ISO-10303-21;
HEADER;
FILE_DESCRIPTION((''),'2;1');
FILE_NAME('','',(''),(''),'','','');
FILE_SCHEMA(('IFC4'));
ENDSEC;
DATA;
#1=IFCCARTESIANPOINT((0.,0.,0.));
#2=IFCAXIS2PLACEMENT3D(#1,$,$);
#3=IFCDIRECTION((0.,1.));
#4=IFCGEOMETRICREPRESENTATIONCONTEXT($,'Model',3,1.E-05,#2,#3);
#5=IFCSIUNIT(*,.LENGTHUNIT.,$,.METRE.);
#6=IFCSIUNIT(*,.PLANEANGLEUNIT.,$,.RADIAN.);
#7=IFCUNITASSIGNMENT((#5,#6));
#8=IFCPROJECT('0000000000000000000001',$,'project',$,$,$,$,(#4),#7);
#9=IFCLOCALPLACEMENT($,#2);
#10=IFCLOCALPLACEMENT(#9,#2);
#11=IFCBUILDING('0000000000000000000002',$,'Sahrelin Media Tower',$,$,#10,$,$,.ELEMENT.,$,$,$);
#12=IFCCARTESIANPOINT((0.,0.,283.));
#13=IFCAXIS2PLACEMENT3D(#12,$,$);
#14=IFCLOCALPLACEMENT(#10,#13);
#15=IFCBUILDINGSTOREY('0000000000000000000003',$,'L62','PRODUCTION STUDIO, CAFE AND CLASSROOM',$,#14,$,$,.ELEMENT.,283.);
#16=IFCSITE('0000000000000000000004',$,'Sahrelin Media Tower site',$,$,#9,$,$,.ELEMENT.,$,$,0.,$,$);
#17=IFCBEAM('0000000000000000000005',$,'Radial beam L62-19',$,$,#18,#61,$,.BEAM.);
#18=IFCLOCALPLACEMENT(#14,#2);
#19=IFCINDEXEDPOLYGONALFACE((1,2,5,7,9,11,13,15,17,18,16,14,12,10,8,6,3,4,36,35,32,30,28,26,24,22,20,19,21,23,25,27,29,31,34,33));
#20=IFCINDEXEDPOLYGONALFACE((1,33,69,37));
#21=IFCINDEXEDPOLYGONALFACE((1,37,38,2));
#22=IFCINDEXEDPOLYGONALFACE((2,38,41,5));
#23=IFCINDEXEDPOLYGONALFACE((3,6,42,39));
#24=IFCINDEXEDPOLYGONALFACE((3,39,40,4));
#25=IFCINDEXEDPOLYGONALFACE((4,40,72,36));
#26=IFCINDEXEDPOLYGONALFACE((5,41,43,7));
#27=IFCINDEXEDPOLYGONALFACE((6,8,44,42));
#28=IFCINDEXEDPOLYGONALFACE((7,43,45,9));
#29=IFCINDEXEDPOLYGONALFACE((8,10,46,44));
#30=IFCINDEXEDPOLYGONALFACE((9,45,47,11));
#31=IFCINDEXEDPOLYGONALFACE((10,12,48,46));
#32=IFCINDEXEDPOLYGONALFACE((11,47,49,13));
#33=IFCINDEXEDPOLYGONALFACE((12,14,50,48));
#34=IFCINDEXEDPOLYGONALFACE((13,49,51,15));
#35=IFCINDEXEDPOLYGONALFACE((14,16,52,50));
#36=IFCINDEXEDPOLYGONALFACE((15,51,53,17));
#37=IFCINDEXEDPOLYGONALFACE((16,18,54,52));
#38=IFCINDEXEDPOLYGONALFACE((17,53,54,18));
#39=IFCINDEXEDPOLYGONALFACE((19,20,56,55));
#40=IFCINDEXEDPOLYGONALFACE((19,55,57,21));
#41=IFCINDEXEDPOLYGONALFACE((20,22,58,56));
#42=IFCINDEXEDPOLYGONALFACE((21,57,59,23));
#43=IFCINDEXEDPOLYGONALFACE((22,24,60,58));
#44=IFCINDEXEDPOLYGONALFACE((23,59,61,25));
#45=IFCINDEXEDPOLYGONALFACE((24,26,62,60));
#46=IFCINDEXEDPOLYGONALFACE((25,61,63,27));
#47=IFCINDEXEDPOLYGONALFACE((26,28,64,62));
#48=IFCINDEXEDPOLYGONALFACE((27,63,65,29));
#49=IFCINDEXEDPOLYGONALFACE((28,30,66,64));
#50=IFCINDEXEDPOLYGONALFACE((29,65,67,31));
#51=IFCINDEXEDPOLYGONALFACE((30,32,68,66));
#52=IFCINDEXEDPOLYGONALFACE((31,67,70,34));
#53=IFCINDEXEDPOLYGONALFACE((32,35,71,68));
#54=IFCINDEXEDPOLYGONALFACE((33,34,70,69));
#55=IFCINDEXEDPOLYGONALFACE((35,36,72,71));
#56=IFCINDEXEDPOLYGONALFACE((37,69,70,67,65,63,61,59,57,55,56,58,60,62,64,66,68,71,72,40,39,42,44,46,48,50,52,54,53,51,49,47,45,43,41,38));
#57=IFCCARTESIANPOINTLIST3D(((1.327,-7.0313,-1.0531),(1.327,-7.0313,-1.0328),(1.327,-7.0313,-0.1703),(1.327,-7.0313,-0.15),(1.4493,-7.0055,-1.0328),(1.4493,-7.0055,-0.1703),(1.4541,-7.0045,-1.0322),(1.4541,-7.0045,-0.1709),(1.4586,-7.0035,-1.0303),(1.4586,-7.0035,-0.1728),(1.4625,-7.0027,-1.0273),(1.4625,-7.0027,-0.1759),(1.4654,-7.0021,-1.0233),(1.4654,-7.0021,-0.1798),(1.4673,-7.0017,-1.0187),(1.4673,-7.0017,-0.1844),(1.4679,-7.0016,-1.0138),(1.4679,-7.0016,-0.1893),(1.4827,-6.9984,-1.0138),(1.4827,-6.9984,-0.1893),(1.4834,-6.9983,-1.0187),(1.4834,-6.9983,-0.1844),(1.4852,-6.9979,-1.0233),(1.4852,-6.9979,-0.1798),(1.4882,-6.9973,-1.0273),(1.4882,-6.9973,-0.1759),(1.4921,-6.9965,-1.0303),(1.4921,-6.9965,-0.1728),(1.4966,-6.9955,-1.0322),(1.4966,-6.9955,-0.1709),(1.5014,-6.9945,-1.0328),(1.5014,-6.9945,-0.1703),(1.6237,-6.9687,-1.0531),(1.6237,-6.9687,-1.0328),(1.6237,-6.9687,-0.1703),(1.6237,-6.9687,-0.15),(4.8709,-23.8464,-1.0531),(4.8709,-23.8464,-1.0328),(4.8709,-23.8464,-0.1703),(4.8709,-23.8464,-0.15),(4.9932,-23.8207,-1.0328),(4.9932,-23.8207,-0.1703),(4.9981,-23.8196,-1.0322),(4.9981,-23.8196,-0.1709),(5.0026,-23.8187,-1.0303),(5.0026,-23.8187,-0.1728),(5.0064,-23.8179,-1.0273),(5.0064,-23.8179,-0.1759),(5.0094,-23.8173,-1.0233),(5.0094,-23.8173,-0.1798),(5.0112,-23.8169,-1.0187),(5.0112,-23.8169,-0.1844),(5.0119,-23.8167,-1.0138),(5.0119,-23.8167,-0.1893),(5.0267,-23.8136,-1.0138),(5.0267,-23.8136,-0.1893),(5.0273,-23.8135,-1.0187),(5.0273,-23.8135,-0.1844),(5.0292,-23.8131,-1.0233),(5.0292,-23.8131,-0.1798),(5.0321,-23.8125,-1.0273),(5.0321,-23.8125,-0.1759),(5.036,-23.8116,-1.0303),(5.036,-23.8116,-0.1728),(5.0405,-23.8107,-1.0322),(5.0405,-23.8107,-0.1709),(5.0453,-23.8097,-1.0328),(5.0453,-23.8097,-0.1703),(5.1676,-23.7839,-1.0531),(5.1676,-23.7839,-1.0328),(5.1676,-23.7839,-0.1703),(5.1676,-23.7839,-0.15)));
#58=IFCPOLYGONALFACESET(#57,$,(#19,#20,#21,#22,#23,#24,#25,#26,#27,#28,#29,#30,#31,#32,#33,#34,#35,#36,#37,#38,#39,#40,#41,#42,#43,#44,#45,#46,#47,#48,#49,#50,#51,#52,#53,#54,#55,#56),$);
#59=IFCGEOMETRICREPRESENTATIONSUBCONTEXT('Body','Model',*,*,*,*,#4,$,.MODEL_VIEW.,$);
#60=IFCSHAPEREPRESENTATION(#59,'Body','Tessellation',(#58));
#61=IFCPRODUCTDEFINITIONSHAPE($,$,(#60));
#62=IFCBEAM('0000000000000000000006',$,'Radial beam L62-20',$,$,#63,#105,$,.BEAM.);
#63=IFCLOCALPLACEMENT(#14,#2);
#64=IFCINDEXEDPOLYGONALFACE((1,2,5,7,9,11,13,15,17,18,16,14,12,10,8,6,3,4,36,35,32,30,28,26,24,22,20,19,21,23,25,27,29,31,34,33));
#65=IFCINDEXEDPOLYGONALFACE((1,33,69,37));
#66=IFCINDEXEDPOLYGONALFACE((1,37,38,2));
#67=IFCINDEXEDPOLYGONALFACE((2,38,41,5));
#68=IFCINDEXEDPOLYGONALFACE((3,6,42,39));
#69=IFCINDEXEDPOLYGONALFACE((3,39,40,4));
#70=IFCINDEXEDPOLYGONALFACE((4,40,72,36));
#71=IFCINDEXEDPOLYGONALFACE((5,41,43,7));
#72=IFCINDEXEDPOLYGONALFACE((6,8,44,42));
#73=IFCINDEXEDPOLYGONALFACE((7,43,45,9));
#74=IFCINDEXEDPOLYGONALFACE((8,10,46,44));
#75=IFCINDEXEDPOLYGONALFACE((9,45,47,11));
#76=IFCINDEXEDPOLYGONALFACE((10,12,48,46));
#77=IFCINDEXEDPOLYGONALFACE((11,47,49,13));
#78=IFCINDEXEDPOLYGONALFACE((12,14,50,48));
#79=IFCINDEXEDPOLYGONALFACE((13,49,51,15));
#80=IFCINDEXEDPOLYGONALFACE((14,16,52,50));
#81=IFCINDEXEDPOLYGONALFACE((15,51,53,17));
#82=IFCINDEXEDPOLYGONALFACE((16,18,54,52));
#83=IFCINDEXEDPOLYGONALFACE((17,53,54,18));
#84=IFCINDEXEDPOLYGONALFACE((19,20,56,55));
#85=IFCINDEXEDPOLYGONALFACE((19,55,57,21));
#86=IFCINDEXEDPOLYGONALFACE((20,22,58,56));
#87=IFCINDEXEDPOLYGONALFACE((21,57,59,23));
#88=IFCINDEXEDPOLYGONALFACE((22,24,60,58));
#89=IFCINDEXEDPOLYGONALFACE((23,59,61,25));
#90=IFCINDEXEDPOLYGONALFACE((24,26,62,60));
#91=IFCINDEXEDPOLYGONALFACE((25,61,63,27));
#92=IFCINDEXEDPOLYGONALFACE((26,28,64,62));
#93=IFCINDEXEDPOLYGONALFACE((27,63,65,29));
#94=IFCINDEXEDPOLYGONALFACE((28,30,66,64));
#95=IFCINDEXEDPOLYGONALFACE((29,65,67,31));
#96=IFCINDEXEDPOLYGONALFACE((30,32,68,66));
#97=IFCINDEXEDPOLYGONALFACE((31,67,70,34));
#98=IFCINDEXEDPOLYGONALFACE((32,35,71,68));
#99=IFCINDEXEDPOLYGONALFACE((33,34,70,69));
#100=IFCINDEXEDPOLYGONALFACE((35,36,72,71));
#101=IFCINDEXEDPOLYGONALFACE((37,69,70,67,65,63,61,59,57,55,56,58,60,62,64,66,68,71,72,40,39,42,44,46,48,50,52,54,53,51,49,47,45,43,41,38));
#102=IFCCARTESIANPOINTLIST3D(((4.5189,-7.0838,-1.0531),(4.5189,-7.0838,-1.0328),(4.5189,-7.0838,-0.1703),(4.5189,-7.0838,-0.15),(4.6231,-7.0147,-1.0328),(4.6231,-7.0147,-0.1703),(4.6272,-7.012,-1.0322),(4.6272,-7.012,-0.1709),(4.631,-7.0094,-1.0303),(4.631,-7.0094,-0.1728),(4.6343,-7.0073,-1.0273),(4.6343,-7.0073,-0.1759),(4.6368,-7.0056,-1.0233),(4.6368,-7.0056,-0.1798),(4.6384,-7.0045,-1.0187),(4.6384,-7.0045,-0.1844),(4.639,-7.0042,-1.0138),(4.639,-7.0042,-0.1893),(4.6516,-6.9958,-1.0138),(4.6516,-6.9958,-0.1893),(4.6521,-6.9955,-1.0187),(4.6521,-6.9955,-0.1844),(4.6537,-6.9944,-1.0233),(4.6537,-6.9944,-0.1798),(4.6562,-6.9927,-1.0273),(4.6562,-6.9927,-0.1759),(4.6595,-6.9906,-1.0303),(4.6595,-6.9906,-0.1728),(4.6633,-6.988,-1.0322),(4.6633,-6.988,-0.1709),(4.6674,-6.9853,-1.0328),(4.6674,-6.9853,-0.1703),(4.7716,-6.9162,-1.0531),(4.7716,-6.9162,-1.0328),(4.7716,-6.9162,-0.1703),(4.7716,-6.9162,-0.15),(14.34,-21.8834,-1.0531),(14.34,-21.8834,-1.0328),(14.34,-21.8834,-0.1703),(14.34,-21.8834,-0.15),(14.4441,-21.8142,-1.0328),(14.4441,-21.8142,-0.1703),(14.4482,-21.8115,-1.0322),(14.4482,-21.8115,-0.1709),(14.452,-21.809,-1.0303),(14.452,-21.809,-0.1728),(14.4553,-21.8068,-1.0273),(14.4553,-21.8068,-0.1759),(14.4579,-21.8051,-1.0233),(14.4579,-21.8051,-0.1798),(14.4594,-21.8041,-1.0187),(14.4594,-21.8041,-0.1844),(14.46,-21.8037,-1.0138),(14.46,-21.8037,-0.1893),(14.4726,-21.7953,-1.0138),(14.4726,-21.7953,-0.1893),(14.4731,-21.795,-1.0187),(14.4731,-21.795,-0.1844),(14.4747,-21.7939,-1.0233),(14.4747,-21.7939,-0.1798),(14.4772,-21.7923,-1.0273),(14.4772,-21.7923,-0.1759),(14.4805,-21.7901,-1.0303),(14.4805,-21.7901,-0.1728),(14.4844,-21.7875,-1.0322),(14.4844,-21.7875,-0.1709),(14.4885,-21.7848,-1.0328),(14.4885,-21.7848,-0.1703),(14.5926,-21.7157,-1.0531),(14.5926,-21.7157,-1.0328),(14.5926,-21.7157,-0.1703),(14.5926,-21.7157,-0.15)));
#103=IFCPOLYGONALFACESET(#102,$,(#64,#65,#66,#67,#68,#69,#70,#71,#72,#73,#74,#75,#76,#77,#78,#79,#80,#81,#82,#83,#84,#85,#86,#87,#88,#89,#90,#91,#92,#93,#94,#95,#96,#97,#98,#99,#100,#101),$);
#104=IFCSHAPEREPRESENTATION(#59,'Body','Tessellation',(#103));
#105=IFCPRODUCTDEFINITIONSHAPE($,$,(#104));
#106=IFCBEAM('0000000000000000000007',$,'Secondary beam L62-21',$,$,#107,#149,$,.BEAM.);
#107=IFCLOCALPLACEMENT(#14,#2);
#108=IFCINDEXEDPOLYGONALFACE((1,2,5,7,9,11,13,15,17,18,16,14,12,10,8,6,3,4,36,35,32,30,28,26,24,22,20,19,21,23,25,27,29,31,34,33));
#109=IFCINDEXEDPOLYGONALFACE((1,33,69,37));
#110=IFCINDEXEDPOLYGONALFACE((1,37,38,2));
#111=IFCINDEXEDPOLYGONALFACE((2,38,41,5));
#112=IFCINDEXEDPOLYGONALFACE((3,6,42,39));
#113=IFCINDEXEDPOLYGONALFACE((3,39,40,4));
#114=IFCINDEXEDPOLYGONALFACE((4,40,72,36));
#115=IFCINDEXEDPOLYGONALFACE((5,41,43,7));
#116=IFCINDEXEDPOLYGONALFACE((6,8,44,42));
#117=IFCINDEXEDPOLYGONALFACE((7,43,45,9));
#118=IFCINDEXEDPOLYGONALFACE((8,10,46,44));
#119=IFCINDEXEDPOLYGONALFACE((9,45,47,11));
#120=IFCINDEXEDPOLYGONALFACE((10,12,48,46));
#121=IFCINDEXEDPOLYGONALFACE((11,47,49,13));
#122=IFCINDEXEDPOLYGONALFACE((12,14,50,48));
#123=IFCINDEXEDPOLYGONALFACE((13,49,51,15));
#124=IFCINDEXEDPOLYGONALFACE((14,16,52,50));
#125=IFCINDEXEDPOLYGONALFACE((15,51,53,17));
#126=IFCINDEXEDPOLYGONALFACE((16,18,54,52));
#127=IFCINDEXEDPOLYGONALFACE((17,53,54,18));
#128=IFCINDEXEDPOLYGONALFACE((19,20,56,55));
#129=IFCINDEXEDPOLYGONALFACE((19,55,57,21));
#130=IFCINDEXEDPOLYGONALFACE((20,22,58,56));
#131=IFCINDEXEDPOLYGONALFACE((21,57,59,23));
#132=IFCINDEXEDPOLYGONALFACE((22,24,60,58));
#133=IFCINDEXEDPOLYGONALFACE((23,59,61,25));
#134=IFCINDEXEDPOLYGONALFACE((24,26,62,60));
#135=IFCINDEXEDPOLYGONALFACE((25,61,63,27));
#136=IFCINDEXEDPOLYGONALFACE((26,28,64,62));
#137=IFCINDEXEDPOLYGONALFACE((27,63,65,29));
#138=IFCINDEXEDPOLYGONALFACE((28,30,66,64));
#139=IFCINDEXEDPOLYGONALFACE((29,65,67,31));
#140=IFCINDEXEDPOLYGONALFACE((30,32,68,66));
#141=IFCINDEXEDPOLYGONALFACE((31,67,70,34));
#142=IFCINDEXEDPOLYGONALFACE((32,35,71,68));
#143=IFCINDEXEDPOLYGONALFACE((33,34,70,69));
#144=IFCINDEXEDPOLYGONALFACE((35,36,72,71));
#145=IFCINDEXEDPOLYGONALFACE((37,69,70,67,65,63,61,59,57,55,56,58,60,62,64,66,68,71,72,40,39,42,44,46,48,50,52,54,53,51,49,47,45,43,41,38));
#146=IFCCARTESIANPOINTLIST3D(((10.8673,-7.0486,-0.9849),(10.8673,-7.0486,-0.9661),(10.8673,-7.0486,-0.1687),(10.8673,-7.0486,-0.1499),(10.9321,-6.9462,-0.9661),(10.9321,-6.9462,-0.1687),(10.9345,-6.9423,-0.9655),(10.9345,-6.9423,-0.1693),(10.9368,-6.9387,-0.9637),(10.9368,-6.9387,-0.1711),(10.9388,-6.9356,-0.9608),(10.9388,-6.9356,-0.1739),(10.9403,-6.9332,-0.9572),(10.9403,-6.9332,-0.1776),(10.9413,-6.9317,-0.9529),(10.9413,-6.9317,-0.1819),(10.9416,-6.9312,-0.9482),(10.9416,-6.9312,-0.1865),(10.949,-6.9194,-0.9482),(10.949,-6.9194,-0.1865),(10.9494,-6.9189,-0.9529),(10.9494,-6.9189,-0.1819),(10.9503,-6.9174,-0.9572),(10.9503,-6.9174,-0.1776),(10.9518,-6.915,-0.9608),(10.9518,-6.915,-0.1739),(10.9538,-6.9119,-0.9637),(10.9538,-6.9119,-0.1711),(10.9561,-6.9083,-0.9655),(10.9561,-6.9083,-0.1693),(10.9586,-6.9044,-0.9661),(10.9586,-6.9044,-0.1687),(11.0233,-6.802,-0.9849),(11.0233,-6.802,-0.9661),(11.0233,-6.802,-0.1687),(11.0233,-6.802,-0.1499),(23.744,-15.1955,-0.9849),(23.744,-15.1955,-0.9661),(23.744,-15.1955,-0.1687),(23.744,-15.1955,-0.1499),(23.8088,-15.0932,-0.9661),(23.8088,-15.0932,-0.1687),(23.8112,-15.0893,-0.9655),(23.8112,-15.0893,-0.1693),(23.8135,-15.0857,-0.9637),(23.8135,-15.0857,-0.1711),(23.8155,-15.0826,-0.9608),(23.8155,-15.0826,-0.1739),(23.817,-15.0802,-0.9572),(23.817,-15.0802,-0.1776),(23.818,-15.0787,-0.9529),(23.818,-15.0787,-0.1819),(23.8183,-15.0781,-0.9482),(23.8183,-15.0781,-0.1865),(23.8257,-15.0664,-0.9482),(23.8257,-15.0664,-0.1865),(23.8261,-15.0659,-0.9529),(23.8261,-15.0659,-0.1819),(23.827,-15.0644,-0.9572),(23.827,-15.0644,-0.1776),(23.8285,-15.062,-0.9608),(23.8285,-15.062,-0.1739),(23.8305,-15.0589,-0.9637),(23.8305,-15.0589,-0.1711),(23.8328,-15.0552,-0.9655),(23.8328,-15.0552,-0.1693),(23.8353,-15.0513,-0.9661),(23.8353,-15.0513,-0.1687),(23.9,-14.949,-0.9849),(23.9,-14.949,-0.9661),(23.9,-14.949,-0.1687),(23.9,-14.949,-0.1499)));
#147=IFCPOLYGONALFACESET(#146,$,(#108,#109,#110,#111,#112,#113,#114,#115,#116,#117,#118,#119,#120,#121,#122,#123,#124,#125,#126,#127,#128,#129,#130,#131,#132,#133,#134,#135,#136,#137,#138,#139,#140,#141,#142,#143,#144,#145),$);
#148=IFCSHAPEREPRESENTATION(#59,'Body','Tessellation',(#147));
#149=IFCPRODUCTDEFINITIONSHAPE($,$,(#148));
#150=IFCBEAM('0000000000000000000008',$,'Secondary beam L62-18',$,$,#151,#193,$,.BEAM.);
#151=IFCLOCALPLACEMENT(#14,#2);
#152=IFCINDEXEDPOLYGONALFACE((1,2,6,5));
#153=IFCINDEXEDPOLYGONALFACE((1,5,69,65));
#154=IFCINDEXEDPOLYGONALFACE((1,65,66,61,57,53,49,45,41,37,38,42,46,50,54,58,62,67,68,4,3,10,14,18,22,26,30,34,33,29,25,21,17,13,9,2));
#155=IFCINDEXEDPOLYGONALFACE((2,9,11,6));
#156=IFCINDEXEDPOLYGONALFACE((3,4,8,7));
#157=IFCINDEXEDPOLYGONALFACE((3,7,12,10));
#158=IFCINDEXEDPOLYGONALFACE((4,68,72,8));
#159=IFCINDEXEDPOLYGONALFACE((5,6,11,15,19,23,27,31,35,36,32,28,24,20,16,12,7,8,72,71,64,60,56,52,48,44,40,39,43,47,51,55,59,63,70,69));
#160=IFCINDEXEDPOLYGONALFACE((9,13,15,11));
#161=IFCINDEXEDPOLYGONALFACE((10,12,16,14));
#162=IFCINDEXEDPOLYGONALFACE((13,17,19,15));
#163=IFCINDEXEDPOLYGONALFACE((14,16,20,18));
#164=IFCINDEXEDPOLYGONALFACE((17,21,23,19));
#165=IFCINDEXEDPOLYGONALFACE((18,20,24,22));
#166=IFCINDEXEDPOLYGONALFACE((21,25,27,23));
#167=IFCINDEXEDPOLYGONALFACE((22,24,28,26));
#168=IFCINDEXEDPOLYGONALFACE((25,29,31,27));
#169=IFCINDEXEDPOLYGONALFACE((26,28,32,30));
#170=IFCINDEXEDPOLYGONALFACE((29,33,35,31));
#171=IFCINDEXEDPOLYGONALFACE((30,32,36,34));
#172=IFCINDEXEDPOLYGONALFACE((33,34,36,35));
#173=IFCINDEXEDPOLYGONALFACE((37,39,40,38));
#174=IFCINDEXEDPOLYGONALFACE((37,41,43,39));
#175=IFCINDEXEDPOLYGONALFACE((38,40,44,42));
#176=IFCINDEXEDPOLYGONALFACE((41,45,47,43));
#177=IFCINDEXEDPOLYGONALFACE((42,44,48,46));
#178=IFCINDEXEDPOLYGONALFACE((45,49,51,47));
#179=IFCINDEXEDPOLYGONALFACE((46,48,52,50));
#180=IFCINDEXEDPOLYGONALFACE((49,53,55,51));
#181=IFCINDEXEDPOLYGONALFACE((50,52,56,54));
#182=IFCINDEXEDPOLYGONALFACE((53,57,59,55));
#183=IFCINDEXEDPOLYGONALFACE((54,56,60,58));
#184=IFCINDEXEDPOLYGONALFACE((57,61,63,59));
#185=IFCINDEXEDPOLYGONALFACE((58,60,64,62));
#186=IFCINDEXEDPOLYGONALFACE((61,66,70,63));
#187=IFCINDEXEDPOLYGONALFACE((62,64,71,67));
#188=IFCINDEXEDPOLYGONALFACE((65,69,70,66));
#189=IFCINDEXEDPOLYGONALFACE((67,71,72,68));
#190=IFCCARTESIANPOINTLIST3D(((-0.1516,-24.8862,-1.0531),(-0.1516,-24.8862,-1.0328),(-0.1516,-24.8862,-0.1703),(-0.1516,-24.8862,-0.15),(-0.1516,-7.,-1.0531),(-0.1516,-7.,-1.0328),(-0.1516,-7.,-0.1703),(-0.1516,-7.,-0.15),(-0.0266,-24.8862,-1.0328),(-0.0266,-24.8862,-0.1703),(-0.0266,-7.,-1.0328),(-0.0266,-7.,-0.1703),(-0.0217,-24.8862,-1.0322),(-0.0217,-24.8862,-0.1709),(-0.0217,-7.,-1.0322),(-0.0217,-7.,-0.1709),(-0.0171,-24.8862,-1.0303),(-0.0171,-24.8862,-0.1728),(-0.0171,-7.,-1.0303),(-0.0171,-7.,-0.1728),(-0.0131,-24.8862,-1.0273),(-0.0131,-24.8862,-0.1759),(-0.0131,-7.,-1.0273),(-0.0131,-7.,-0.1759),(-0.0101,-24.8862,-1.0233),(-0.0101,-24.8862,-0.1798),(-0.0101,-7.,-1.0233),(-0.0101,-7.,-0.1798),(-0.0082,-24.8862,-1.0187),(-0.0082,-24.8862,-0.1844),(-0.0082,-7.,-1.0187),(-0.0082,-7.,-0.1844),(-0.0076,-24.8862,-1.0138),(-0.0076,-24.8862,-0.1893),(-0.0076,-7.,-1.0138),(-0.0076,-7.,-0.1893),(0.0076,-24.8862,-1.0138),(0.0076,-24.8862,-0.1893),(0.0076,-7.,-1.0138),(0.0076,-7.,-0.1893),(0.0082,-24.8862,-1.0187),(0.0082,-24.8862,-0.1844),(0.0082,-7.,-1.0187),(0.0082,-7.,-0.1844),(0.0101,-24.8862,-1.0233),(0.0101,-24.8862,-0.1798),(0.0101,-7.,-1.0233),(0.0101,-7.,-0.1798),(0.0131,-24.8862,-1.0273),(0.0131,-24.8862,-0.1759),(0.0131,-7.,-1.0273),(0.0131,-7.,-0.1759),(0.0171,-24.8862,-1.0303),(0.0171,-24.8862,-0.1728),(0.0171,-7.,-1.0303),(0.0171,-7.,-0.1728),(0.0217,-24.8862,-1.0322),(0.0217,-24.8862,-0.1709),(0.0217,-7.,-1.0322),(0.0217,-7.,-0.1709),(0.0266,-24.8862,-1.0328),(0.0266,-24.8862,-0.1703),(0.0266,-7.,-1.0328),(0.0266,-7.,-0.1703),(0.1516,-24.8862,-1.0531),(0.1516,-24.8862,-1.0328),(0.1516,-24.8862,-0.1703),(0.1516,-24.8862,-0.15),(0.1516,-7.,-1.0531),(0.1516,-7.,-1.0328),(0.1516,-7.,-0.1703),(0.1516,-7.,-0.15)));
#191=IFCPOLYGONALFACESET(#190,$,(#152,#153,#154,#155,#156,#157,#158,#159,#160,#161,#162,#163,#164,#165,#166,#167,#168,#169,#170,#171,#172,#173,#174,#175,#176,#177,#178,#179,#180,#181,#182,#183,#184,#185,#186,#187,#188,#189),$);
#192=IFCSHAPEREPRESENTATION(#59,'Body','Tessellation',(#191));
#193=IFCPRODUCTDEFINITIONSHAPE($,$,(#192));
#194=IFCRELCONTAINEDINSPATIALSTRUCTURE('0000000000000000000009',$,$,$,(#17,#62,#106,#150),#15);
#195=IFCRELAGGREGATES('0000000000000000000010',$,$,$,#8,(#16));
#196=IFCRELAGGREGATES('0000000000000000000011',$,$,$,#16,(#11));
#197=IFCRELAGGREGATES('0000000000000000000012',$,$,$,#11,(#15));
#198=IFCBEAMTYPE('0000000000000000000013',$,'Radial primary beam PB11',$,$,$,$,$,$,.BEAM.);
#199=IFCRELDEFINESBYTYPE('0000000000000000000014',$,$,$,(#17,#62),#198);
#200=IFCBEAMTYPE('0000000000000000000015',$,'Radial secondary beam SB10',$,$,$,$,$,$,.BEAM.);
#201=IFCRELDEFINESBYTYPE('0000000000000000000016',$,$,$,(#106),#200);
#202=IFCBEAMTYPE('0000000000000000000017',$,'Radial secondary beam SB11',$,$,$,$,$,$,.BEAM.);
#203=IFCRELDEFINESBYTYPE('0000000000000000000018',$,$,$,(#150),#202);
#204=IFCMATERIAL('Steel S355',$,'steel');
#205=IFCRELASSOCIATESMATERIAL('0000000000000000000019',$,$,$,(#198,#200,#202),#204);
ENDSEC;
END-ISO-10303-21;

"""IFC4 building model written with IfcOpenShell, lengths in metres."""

from ifc_helpers import new_model, si_unit, direction, frame, origin, origin_2d, place, context, subcontext, project, spatial, i_section, extrude, material, material_profile, profile_set, type_object, element, save


model = new_model("IFC4")

# Units and contexts
model_context = context("Model", 3, precision=1e-05, world=origin(), true_north=direction((0.0, 1.0)))
body_context = subcontext(model_context, "Body", "Model", "MODEL_VIEW")
ifc_project = project(units=[si_unit("LENGTHUNIT", "METRE"), si_unit("PLANEANGLEUNIT", "RADIAN")], contexts=[model_context])

# Site, building, storey
site_placement = place(None, origin())
site = spatial("IfcSite", under=ifc_project, at=site_placement, Name="Sahrelin Media Tower site", CompositionType="ELEMENT", RefElevation=0.0)
building_placement = place(site_placement, origin())
building = spatial("IfcBuilding", under=site, at=building_placement, Name="Sahrelin Media Tower", CompositionType="ELEMENT")
storey_placement = place(building_placement, frame((0.0, 0.0, 283.0)))
storey = spatial("IfcBuildingStorey", under=building, at=storey_placement, Name="L62", Description="PRODUCTION STUDIO, CAFE AND CLASSROOM", CompositionType="ELEMENT", Elevation=283.0)

# Shared definitions
ifc_material_1 = material(Name="Steel S355", Category="steel")

# Beams
ifc_material_profile_1 = material_profile(ifc_material_1, i_section(OverallWidth=0.3032, OverallDepth=0.9031, WebThickness=0.0151, FlangeThickness=0.0203, FilletRadius=0.019, at=origin_2d()), Name="UB 914x305x201")
ifc_profile_set_1 = profile_set([ifc_material_profile_1], Name="Steel S355")
beam_type_1 = type_object("IfcBeamType", Name="Radial primary beam PB11", PredefinedType="BEAM", material=ifc_profile_set_1)
beam_1_placement = place(storey_placement, frame((1.4753, -7.0, -0.6016), z_axis=(0.206228, -0.978504, 0.0), x_axis=(0.978504, 0.206228, 0.0)))
element("IfcBeam", 1, at=beam_1_placement, inside=storey, type_object=beam_type_1, Name="Radial beam L62-19", PredefinedType="BEAM", context=body_context, shape_type="SweptSolid", body=[
    extrude(i_section(OverallWidth=0.3032, OverallDepth=0.9031, WebThickness=0.0151, FlangeThickness=0.0203, FilletRadius=0.019, at=origin_2d()), origin(), (0.0, 0.0, 1.0), 17.1846),
])
beam_2_placement = place(storey_placement, frame((4.6453, -7.0, -0.6016), z_axis=(0.552932, -0.833226, 0.0), x_axis=(0.833226, 0.552932, 0.0)))
element("IfcBeam", 2, at=beam_2_placement, inside=storey, type_object=beam_type_1, Name="Radial beam L62-20", PredefinedType="BEAM", context=body_context, shape_type="SweptSolid", body=[
    extrude(i_section(OverallWidth=0.3032, OverallDepth=0.9031, WebThickness=0.0151, FlangeThickness=0.0203, FilletRadius=0.019, at=origin_2d()), origin(), (0.0, 0.0, 1.0), 17.7617),
])
ifc_material_profile_2 = material_profile(ifc_material_1, i_section(OverallWidth=0.2917, OverallDepth=0.835, WebThickness=0.0139, FlangeThickness=0.0188, FilletRadius=0.0178, at=origin_2d()), Name="UB 838x292x176")
ifc_profile_set_2 = profile_set([ifc_material_profile_2], Name="Steel S355")
beam_type_2 = type_object("IfcBeamType", Name="Radial secondary beam SB10", PredefinedType="BEAM", material=ifc_profile_set_2)
beam_3_placement = place(storey_placement, frame((10.9453, -6.9253, -0.5674), z_axis=(0.845065, -0.534664, 0.0), x_axis=(0.534664, 0.845065, 0.0)))
element("IfcBeam", 3, at=beam_3_placement, inside=storey, type_object=beam_type_2, Name="Secondary beam L62-21", PredefinedType="BEAM", context=body_context, shape_type="SweptSolid", body=[
    extrude(i_section(OverallWidth=0.2917, OverallDepth=0.835, WebThickness=0.0139, FlangeThickness=0.0188, FilletRadius=0.0178, at=origin_2d()), origin(), (0.0, 0.0, 1.0), 15.2375),
])
ifc_material_profile_3 = material_profile(ifc_material_1, i_section(OverallWidth=0.3032, OverallDepth=0.9031, WebThickness=0.0151, FlangeThickness=0.0203, FilletRadius=0.019, at=origin_2d()), Name="UB 914x305x201")
ifc_profile_set_3 = profile_set([ifc_material_profile_3], Name="Steel S355")
beam_type_3 = type_object("IfcBeamType", Name="Radial secondary beam SB11", PredefinedType="BEAM", material=ifc_profile_set_3)
beam_4_placement = place(storey_placement, frame((0.0, -7.0, -0.6016), z_axis=(0.0, -1.0, 0.0), x_axis=(1.0, 0.0, 0.0)))
element("IfcBeam", 4, at=beam_4_placement, inside=storey, type_object=beam_type_3, Name="Secondary beam L62-18", PredefinedType="BEAM", context=body_context, shape_type="SweptSolid", body=[
    extrude(i_section(OverallWidth=0.3032, OverallDepth=0.9031, WebThickness=0.0151, FlangeThickness=0.0203, FilletRadius=0.019, at=origin_2d()), origin(), (0.0, 0.0, 1.0), 17.8862),
])

save(model, "model.ifc")
